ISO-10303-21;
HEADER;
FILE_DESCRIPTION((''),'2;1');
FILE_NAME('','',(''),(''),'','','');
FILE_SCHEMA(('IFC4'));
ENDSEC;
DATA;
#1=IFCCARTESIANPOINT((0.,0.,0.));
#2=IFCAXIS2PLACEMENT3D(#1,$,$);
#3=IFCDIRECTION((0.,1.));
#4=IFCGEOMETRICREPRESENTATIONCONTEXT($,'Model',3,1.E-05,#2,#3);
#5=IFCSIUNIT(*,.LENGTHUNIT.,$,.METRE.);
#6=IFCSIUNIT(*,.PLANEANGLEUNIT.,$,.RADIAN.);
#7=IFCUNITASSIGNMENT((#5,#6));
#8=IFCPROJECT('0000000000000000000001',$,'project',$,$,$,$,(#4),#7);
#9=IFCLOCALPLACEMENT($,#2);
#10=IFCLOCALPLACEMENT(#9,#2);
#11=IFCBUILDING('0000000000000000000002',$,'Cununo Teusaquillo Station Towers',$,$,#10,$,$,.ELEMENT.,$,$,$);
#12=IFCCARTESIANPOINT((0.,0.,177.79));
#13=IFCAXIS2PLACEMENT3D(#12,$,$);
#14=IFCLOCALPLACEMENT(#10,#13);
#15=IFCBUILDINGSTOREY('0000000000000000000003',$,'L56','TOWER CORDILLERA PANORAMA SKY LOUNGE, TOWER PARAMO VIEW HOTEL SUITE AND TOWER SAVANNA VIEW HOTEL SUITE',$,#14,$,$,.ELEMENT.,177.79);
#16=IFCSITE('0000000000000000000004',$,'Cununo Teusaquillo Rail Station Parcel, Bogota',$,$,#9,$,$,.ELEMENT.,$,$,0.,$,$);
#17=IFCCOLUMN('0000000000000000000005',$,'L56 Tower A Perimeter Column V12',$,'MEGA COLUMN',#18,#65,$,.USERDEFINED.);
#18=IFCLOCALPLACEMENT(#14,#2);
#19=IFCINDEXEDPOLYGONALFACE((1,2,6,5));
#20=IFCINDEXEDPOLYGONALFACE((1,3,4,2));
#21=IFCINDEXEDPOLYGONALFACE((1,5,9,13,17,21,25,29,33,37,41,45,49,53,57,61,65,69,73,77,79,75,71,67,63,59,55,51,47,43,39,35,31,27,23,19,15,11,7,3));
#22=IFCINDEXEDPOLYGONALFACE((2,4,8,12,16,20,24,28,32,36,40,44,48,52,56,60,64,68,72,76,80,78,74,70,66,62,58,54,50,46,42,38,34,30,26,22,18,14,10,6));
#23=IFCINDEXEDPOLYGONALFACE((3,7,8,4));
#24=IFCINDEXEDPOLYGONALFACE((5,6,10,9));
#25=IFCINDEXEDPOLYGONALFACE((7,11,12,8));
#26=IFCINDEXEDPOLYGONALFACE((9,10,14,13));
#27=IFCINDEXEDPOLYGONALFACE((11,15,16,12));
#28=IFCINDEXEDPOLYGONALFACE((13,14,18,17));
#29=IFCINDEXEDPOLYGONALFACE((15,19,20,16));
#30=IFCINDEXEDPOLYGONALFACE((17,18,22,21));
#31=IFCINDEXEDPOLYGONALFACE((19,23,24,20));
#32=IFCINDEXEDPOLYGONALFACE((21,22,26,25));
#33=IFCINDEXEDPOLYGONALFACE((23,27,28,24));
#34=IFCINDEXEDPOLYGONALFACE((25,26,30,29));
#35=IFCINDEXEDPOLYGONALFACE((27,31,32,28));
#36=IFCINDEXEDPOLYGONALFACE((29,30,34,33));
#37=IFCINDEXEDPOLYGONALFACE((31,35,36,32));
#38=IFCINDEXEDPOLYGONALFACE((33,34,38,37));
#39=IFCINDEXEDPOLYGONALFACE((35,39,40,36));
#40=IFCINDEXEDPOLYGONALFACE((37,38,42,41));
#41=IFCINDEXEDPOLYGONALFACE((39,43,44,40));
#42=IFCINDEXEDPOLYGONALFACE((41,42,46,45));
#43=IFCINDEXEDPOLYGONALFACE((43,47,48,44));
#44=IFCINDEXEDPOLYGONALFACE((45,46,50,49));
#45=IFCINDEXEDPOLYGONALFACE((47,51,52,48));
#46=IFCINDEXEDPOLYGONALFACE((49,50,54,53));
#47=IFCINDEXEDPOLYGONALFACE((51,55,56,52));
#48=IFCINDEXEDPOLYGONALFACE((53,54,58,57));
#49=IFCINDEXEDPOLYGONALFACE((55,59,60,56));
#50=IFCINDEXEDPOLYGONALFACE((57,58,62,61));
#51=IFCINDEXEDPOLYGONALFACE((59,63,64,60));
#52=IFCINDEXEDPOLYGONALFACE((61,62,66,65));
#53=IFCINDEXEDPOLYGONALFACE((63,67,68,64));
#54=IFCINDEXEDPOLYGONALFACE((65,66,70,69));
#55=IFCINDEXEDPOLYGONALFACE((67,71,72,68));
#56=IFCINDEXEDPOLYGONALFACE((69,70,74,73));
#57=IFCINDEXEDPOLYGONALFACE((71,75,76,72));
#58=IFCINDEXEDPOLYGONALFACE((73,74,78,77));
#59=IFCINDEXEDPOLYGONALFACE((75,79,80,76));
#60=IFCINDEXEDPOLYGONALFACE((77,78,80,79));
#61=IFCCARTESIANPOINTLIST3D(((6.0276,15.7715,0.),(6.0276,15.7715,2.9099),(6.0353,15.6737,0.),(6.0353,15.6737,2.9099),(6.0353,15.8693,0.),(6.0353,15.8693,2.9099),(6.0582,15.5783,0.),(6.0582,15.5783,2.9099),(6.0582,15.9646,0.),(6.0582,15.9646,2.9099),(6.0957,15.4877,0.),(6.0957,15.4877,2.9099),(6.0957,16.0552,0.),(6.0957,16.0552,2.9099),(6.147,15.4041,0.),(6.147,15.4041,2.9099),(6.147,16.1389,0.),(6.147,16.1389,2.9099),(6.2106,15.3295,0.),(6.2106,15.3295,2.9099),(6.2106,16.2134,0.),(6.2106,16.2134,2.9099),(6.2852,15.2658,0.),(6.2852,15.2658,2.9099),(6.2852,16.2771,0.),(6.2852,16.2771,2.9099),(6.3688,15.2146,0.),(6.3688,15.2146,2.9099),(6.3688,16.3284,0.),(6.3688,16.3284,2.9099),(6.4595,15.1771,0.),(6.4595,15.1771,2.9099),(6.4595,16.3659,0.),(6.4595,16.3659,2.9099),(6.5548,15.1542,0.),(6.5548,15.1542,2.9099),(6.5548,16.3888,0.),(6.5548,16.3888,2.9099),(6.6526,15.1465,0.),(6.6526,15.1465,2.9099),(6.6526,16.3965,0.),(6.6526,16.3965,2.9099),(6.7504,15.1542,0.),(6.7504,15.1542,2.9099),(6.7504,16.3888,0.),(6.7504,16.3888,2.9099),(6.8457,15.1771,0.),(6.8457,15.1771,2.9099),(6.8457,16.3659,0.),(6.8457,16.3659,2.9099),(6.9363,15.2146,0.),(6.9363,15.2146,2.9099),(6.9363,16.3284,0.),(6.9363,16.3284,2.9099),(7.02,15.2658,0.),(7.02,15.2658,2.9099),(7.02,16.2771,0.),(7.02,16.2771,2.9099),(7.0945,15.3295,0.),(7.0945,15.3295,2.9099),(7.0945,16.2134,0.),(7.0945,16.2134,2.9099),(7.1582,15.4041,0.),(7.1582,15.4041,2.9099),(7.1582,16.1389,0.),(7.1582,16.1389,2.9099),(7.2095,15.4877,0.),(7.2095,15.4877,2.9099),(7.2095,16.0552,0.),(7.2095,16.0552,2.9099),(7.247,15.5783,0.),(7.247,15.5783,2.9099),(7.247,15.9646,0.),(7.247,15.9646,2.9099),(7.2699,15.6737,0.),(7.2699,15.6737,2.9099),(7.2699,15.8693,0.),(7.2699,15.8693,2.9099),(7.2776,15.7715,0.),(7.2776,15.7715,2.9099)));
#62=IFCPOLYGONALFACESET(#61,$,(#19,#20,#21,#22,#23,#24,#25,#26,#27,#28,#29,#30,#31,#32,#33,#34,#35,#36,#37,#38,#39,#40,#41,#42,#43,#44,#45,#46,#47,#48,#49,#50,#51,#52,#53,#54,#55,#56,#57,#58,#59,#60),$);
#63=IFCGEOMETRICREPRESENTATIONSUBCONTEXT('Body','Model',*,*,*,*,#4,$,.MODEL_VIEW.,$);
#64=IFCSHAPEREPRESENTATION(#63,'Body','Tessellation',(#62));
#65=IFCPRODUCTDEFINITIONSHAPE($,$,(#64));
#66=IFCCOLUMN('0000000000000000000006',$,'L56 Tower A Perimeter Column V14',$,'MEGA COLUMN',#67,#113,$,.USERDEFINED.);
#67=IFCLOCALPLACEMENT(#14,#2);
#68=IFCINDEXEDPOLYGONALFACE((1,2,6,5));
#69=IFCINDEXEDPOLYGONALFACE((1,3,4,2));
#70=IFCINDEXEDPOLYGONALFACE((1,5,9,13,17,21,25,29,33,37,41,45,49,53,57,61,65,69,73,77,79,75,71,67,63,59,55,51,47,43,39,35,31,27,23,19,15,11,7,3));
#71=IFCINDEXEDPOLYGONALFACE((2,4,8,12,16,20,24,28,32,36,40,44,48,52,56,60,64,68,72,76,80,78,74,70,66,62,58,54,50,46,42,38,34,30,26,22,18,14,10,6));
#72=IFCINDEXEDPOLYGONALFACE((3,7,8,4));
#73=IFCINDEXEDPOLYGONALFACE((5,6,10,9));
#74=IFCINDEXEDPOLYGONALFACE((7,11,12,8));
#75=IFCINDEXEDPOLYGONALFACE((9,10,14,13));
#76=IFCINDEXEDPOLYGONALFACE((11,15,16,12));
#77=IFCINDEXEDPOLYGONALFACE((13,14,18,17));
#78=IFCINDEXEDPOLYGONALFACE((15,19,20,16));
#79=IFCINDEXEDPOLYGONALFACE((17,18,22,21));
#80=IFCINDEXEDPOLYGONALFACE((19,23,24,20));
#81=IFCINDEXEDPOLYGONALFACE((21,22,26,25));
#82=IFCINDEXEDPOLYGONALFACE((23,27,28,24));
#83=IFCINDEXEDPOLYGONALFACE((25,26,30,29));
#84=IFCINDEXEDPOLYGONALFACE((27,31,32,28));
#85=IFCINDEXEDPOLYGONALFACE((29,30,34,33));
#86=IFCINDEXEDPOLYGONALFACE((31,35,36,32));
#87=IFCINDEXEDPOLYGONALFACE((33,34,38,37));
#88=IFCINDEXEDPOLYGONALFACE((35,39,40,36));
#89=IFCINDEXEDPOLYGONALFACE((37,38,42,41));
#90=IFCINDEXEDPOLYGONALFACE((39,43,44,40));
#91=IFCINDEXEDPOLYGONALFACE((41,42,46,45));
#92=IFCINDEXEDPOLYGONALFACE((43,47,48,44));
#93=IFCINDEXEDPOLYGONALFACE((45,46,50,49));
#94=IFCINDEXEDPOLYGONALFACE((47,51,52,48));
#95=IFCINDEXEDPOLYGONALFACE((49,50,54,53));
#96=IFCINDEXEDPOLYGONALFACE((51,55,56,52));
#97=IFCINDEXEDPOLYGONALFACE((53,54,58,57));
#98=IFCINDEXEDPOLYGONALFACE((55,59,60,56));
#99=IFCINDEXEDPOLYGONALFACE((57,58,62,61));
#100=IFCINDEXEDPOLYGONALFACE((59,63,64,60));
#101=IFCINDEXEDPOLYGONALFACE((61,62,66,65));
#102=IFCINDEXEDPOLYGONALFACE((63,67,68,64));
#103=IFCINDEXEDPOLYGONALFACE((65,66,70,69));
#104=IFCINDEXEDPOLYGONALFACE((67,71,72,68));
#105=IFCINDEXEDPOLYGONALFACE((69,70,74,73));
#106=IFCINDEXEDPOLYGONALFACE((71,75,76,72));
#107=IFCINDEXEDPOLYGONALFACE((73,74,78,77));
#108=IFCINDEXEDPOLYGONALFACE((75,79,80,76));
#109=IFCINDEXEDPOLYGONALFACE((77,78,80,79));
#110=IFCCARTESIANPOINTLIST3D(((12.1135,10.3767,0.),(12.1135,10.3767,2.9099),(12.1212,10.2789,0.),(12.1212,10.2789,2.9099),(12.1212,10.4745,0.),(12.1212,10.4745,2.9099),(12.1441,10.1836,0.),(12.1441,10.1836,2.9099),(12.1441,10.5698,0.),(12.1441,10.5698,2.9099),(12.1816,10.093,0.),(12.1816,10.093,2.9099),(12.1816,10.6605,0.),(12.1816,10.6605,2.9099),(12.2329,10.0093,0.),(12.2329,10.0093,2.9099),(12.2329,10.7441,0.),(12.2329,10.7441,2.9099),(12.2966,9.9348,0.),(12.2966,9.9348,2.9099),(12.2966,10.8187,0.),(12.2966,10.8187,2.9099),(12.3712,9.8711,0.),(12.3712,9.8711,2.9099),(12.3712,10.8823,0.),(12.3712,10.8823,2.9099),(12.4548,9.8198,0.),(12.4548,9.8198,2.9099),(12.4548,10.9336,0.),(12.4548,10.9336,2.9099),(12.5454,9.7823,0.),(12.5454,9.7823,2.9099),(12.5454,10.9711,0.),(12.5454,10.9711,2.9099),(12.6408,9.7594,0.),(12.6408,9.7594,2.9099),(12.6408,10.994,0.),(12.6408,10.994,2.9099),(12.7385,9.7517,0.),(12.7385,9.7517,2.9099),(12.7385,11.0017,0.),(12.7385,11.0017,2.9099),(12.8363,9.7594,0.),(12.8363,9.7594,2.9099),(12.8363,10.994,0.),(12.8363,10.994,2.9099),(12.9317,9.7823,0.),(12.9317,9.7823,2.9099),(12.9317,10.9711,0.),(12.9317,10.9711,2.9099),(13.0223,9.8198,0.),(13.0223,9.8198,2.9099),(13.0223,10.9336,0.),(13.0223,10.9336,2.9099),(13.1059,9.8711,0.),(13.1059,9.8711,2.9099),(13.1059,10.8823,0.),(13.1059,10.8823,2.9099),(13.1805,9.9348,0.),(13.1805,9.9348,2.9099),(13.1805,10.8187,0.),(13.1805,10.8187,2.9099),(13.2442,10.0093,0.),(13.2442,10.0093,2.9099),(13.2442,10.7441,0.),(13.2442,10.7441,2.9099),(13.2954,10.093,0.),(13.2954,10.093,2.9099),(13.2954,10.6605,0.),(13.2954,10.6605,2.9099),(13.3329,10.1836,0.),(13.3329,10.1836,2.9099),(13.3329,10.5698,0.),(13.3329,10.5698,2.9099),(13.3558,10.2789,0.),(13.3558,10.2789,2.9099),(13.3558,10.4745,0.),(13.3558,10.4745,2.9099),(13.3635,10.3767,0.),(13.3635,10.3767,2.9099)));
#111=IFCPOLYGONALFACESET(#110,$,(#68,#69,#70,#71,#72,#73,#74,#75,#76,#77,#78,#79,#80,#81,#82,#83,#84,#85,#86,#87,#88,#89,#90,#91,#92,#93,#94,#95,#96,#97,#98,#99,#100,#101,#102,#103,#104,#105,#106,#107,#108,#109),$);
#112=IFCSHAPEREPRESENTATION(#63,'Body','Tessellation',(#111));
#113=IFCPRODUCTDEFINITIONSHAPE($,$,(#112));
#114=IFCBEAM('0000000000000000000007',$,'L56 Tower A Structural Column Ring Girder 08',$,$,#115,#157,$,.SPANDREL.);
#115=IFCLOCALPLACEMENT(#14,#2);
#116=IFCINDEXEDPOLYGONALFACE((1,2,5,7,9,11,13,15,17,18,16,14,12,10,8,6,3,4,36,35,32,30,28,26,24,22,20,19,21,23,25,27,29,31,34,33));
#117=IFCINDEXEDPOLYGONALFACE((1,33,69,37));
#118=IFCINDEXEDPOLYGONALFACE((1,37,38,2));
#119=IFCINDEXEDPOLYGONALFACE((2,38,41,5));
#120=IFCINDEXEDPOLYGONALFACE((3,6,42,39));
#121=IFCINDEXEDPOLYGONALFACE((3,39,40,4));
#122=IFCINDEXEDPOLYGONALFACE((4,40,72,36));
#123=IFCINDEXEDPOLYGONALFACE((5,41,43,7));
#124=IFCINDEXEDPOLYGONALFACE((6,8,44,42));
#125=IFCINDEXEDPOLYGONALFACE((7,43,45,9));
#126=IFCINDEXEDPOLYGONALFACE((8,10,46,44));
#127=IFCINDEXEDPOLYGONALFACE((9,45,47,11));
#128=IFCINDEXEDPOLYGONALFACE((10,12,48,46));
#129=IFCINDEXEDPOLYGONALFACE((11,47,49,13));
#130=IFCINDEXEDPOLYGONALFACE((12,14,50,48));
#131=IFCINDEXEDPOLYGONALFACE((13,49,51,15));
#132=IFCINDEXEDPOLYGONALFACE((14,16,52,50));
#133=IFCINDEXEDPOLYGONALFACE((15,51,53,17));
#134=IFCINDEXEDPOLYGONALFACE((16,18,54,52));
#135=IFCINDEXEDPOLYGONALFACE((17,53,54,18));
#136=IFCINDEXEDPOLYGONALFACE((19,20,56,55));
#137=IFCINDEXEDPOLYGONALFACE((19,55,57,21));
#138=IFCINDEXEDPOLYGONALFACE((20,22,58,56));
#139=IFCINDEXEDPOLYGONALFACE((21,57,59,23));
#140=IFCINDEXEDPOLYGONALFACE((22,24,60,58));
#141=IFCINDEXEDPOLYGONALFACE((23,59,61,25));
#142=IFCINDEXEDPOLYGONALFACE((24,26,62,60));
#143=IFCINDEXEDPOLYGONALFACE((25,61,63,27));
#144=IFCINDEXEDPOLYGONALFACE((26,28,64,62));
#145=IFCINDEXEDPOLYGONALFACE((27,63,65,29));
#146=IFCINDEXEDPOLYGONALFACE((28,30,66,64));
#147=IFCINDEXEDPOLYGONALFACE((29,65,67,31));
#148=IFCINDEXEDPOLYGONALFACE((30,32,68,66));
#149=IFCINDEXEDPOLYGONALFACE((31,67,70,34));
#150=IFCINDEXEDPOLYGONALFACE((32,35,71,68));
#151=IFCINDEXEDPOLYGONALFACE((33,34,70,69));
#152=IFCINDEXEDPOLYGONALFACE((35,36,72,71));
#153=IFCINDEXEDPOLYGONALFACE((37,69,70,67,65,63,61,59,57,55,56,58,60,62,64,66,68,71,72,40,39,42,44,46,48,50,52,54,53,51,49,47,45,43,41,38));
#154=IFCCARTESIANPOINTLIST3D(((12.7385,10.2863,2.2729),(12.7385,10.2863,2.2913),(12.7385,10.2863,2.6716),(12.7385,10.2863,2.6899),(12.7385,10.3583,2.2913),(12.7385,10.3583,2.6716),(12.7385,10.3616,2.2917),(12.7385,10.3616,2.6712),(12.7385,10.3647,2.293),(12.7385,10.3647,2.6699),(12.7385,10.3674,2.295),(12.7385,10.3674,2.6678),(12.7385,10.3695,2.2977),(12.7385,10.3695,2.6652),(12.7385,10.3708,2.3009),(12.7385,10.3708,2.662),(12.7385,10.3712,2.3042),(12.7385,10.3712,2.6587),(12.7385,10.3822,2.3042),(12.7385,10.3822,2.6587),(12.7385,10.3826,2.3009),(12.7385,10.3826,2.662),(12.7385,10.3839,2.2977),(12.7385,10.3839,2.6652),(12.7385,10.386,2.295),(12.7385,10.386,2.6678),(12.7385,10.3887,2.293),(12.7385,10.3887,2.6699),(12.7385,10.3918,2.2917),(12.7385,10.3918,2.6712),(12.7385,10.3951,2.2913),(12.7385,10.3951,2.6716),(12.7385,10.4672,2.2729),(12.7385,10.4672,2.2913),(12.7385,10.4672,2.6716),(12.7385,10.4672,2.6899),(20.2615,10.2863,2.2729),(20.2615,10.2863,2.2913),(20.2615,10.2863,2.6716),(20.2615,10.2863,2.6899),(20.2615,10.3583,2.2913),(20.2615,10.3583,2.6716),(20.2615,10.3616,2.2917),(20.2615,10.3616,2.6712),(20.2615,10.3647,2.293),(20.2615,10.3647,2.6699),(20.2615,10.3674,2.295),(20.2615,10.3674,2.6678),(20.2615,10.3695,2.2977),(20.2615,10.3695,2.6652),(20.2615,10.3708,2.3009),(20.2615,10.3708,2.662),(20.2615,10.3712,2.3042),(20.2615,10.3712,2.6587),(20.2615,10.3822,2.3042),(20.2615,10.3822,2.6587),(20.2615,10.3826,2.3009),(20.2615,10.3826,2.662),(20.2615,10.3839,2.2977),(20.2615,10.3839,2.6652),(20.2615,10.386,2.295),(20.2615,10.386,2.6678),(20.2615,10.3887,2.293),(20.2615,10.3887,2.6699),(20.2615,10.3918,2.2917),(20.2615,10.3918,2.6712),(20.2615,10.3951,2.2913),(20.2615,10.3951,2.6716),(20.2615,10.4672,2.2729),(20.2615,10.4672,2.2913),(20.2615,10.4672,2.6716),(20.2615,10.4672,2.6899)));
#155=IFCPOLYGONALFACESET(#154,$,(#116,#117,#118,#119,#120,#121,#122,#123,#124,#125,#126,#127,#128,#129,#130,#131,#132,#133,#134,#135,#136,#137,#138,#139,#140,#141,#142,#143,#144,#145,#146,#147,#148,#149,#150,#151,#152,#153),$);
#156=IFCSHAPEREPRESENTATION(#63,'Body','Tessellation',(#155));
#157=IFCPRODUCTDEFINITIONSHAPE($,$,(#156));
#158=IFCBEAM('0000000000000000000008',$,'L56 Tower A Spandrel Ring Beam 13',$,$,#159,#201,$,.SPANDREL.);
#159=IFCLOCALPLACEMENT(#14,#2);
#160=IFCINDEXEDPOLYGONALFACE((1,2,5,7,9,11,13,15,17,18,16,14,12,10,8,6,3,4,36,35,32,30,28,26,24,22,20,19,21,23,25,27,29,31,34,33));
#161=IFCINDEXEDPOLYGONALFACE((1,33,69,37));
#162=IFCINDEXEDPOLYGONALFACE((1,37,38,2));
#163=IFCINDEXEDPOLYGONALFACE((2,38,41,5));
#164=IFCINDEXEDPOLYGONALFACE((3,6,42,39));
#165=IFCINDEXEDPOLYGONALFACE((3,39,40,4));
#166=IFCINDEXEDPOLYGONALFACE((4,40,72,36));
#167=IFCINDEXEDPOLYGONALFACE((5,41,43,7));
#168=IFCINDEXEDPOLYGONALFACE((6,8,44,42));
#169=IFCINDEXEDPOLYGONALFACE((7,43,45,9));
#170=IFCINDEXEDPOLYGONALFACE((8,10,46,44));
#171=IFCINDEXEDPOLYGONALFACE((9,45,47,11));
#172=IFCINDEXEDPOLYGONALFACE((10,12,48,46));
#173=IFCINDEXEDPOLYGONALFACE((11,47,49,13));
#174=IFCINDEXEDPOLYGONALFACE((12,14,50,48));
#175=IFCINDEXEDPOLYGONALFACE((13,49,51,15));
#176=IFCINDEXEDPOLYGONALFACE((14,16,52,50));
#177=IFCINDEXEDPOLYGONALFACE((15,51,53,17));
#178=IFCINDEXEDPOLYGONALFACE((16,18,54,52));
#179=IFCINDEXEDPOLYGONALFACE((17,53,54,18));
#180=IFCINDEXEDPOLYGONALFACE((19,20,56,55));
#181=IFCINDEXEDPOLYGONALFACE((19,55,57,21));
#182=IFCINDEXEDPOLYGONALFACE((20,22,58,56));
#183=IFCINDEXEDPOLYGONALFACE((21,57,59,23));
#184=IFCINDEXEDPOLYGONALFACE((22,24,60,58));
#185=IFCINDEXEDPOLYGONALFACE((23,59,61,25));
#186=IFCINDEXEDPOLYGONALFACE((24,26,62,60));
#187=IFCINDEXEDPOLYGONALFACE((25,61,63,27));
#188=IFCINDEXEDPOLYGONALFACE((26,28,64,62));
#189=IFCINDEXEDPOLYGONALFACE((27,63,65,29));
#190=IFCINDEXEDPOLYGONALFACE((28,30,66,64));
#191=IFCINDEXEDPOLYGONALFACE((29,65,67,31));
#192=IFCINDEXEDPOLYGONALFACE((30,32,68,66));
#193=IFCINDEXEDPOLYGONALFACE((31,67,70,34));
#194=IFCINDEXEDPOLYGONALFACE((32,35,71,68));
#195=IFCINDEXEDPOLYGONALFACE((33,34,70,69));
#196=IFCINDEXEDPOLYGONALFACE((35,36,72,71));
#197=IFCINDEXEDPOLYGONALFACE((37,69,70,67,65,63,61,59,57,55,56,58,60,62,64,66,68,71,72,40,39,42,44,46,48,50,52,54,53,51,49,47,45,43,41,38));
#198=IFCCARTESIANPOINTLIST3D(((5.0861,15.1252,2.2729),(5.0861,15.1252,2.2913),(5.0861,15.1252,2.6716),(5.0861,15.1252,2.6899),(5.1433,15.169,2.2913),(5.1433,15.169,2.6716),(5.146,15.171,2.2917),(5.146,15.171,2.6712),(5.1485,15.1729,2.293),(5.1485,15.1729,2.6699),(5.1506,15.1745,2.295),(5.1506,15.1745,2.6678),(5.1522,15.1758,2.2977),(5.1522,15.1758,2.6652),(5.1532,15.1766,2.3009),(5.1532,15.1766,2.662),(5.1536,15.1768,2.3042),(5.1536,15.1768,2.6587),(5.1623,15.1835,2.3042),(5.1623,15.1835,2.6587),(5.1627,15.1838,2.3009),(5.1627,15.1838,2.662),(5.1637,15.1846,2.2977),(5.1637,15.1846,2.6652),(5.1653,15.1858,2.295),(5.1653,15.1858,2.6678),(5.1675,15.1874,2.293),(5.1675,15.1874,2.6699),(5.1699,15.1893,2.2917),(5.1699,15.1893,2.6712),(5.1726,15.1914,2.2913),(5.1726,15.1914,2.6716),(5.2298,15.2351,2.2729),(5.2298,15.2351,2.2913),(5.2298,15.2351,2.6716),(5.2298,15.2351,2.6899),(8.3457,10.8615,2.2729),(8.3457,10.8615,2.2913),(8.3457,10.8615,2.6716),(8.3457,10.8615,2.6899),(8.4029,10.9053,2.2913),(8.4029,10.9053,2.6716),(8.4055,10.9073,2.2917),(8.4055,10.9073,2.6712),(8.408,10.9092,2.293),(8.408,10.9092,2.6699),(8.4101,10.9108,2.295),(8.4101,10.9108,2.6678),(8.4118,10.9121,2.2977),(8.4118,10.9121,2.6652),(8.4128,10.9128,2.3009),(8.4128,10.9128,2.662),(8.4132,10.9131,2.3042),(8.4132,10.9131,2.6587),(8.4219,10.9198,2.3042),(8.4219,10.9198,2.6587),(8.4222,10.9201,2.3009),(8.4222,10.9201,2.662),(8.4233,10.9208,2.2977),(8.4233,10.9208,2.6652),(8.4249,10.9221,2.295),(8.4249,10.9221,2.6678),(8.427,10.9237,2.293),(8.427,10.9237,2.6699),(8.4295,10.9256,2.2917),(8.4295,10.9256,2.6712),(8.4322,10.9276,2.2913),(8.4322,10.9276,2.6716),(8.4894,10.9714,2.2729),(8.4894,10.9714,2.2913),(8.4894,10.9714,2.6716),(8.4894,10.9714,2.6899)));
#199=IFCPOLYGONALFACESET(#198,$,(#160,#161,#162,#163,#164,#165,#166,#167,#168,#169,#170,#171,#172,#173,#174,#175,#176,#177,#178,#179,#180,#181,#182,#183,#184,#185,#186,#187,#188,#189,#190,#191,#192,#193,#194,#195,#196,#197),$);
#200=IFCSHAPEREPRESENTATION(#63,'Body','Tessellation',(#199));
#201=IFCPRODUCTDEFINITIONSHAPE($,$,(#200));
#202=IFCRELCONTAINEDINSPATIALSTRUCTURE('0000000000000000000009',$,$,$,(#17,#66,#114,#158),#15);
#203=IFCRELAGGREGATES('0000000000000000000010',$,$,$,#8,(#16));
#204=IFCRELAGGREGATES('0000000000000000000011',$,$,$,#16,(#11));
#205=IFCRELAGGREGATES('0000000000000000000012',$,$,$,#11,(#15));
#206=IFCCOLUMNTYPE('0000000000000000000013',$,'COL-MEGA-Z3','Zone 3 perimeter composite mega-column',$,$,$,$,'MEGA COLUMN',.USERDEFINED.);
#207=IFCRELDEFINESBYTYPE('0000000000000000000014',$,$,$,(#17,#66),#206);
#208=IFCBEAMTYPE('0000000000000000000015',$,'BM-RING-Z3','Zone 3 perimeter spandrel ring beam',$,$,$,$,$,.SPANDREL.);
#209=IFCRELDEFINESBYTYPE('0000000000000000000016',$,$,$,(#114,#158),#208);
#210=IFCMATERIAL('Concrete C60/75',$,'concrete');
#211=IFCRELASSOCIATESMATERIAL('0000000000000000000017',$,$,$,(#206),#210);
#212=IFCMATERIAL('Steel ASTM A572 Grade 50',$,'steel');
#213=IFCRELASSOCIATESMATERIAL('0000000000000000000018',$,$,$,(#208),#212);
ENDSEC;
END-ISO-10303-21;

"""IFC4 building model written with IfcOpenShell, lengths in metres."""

from ifc_helpers import new_model, si_unit, direction, frame, origin, origin_2d, place, context, subcontext, project, spatial, circle, i_section, extrude, material, material_profile, profile_set, type_object, element, save


model = new_model("IFC4")

# Units and contexts
model_context = context("Model", 3, precision=1e-05, world=origin(), true_north=direction((0.0, 1.0)))
body_context = subcontext(model_context, "Body", "Model", "MODEL_VIEW")
ifc_project = project(units=[si_unit("LENGTHUNIT", "METRE"), si_unit("PLANEANGLEUNIT", "RADIAN")], contexts=[model_context])

# Site, building, storey
site_placement = place(None, origin())
site = spatial("IfcSite", under=ifc_project, at=site_placement, Name="Cununo Teusaquillo Rail Station Parcel, Bogota", CompositionType="ELEMENT", RefElevation=0.0)
building_placement = place(site_placement, origin())
building = spatial("IfcBuilding", under=site, at=building_placement, Name="Cununo Teusaquillo Station Towers", CompositionType="ELEMENT")
storey_placement = place(building_placement, frame((0.0, 0.0, 177.79)))
storey = spatial("IfcBuildingStorey", under=building, at=storey_placement, Name="L56", Description="TOWER CORDILLERA PANORAMA SKY LOUNGE, TOWER PARAMO VIEW HOTEL SUITE AND TOWER SAVANNA VIEW HOTEL SUITE", CompositionType="ELEMENT", Elevation=177.79)

# Columns
ifc_material_1 = material(Name="Concrete C60/75", Category="concrete")
ifc_material_profile_1 = material_profile(ifc_material_1, circle(Radius=0.625, at=origin_2d()), Name="RC-CIRC-1250")
ifc_profile_set_1 = profile_set([ifc_material_profile_1], Name="Concrete C60/75")
column_type = type_object("IfcColumnType", Name="COL-MEGA-Z3", Description="Zone 3 perimeter composite mega-column", ElementType="MEGA COLUMN", PredefinedType="USERDEFINED", material=ifc_profile_set_1)
for number, where, z_axis, x_axis, name in (
    (1, (6.6526, 15.7715, 0.0), (0.0, 0.0, 1.0), (1.0, 0.0, 0.0), "L56 Tower A Perimeter Column V12"),
    (2, (12.7385, 10.3767, 0.0), (0.0, 0.0, 1.0), (1.0, 0.0, 0.0), "L56 Tower A Perimeter Column V14"),
):
    element("IfcColumn", number, at=place(storey_placement, frame(where, z_axis=z_axis, x_axis=x_axis)), inside=storey, type_object=column_type, Name=name, ObjectType="MEGA COLUMN", PredefinedType="USERDEFINED", context=body_context, shape_type="SweptSolid", body=[
        extrude(circle(Radius=0.625, at=origin_2d()), origin(), (0.0, 0.0, 1.0), 2.9099),
    ])

# Beams
ifc_material_2 = material(Name="Steel ASTM A572 Grade 50", Category="steel")
ifc_material_profile_2 = material_profile(ifc_material_2, i_section(OverallWidth=0.1809, OverallDepth=0.417, WebThickness=0.011, FlangeThickness=0.0183, FilletRadius=0.0129, at=origin_2d()), Name="W16X57")
ifc_profile_set_2 = profile_set([ifc_material_profile_2], Name="Steel ASTM A572 Grade 50")
beam_type = type_object("IfcBeamType", Name="BM-RING-Z3", Description="Zone 3 perimeter spandrel ring beam", PredefinedType="SPANDREL", material=ifc_profile_set_2)
beam_1_placement = place(storey_placement, frame((12.7385, 10.3767, 2.4814), z_axis=(1.0, 0.0, 0.0), x_axis=(0.0, 1.0, 0.0)))
element("IfcBeam", 3, at=beam_1_placement, inside=storey, type_object=beam_type, Name="L56 Tower A Structural Column Ring Girder 08", PredefinedType="SPANDREL", context=body_context, shape_type="SweptSolid", body=[
    extrude(i_section(OverallWidth=0.1809, OverallDepth=0.417, WebThickness=0.011, FlangeThickness=0.0183, FilletRadius=0.0129, at=origin_2d()), origin(), (0.0, 0.0, 1.0), 7.5229),
])
beam_2_placement = place(storey_placement, frame((5.158, 15.1802, 2.4814), z_axis=(0.60734, -0.794442, 0.0), x_axis=(0.794442, 0.60734, 0.0)))
element("IfcBeam", 4, at=beam_2_placement, inside=storey, type_object=beam_type, Name="L56 Tower A Spandrel Ring Beam 13", PredefinedType="SPANDREL", context=body_context, shape_type="SweptSolid", body=[
    extrude(i_section(OverallWidth=0.1809, OverallDepth=0.417, WebThickness=0.011, FlangeThickness=0.0183, FilletRadius=0.0129, at=origin_2d()), origin(), (0.0, 0.0, 1.0), 5.3669),
])

save(model, "model.ifc")
